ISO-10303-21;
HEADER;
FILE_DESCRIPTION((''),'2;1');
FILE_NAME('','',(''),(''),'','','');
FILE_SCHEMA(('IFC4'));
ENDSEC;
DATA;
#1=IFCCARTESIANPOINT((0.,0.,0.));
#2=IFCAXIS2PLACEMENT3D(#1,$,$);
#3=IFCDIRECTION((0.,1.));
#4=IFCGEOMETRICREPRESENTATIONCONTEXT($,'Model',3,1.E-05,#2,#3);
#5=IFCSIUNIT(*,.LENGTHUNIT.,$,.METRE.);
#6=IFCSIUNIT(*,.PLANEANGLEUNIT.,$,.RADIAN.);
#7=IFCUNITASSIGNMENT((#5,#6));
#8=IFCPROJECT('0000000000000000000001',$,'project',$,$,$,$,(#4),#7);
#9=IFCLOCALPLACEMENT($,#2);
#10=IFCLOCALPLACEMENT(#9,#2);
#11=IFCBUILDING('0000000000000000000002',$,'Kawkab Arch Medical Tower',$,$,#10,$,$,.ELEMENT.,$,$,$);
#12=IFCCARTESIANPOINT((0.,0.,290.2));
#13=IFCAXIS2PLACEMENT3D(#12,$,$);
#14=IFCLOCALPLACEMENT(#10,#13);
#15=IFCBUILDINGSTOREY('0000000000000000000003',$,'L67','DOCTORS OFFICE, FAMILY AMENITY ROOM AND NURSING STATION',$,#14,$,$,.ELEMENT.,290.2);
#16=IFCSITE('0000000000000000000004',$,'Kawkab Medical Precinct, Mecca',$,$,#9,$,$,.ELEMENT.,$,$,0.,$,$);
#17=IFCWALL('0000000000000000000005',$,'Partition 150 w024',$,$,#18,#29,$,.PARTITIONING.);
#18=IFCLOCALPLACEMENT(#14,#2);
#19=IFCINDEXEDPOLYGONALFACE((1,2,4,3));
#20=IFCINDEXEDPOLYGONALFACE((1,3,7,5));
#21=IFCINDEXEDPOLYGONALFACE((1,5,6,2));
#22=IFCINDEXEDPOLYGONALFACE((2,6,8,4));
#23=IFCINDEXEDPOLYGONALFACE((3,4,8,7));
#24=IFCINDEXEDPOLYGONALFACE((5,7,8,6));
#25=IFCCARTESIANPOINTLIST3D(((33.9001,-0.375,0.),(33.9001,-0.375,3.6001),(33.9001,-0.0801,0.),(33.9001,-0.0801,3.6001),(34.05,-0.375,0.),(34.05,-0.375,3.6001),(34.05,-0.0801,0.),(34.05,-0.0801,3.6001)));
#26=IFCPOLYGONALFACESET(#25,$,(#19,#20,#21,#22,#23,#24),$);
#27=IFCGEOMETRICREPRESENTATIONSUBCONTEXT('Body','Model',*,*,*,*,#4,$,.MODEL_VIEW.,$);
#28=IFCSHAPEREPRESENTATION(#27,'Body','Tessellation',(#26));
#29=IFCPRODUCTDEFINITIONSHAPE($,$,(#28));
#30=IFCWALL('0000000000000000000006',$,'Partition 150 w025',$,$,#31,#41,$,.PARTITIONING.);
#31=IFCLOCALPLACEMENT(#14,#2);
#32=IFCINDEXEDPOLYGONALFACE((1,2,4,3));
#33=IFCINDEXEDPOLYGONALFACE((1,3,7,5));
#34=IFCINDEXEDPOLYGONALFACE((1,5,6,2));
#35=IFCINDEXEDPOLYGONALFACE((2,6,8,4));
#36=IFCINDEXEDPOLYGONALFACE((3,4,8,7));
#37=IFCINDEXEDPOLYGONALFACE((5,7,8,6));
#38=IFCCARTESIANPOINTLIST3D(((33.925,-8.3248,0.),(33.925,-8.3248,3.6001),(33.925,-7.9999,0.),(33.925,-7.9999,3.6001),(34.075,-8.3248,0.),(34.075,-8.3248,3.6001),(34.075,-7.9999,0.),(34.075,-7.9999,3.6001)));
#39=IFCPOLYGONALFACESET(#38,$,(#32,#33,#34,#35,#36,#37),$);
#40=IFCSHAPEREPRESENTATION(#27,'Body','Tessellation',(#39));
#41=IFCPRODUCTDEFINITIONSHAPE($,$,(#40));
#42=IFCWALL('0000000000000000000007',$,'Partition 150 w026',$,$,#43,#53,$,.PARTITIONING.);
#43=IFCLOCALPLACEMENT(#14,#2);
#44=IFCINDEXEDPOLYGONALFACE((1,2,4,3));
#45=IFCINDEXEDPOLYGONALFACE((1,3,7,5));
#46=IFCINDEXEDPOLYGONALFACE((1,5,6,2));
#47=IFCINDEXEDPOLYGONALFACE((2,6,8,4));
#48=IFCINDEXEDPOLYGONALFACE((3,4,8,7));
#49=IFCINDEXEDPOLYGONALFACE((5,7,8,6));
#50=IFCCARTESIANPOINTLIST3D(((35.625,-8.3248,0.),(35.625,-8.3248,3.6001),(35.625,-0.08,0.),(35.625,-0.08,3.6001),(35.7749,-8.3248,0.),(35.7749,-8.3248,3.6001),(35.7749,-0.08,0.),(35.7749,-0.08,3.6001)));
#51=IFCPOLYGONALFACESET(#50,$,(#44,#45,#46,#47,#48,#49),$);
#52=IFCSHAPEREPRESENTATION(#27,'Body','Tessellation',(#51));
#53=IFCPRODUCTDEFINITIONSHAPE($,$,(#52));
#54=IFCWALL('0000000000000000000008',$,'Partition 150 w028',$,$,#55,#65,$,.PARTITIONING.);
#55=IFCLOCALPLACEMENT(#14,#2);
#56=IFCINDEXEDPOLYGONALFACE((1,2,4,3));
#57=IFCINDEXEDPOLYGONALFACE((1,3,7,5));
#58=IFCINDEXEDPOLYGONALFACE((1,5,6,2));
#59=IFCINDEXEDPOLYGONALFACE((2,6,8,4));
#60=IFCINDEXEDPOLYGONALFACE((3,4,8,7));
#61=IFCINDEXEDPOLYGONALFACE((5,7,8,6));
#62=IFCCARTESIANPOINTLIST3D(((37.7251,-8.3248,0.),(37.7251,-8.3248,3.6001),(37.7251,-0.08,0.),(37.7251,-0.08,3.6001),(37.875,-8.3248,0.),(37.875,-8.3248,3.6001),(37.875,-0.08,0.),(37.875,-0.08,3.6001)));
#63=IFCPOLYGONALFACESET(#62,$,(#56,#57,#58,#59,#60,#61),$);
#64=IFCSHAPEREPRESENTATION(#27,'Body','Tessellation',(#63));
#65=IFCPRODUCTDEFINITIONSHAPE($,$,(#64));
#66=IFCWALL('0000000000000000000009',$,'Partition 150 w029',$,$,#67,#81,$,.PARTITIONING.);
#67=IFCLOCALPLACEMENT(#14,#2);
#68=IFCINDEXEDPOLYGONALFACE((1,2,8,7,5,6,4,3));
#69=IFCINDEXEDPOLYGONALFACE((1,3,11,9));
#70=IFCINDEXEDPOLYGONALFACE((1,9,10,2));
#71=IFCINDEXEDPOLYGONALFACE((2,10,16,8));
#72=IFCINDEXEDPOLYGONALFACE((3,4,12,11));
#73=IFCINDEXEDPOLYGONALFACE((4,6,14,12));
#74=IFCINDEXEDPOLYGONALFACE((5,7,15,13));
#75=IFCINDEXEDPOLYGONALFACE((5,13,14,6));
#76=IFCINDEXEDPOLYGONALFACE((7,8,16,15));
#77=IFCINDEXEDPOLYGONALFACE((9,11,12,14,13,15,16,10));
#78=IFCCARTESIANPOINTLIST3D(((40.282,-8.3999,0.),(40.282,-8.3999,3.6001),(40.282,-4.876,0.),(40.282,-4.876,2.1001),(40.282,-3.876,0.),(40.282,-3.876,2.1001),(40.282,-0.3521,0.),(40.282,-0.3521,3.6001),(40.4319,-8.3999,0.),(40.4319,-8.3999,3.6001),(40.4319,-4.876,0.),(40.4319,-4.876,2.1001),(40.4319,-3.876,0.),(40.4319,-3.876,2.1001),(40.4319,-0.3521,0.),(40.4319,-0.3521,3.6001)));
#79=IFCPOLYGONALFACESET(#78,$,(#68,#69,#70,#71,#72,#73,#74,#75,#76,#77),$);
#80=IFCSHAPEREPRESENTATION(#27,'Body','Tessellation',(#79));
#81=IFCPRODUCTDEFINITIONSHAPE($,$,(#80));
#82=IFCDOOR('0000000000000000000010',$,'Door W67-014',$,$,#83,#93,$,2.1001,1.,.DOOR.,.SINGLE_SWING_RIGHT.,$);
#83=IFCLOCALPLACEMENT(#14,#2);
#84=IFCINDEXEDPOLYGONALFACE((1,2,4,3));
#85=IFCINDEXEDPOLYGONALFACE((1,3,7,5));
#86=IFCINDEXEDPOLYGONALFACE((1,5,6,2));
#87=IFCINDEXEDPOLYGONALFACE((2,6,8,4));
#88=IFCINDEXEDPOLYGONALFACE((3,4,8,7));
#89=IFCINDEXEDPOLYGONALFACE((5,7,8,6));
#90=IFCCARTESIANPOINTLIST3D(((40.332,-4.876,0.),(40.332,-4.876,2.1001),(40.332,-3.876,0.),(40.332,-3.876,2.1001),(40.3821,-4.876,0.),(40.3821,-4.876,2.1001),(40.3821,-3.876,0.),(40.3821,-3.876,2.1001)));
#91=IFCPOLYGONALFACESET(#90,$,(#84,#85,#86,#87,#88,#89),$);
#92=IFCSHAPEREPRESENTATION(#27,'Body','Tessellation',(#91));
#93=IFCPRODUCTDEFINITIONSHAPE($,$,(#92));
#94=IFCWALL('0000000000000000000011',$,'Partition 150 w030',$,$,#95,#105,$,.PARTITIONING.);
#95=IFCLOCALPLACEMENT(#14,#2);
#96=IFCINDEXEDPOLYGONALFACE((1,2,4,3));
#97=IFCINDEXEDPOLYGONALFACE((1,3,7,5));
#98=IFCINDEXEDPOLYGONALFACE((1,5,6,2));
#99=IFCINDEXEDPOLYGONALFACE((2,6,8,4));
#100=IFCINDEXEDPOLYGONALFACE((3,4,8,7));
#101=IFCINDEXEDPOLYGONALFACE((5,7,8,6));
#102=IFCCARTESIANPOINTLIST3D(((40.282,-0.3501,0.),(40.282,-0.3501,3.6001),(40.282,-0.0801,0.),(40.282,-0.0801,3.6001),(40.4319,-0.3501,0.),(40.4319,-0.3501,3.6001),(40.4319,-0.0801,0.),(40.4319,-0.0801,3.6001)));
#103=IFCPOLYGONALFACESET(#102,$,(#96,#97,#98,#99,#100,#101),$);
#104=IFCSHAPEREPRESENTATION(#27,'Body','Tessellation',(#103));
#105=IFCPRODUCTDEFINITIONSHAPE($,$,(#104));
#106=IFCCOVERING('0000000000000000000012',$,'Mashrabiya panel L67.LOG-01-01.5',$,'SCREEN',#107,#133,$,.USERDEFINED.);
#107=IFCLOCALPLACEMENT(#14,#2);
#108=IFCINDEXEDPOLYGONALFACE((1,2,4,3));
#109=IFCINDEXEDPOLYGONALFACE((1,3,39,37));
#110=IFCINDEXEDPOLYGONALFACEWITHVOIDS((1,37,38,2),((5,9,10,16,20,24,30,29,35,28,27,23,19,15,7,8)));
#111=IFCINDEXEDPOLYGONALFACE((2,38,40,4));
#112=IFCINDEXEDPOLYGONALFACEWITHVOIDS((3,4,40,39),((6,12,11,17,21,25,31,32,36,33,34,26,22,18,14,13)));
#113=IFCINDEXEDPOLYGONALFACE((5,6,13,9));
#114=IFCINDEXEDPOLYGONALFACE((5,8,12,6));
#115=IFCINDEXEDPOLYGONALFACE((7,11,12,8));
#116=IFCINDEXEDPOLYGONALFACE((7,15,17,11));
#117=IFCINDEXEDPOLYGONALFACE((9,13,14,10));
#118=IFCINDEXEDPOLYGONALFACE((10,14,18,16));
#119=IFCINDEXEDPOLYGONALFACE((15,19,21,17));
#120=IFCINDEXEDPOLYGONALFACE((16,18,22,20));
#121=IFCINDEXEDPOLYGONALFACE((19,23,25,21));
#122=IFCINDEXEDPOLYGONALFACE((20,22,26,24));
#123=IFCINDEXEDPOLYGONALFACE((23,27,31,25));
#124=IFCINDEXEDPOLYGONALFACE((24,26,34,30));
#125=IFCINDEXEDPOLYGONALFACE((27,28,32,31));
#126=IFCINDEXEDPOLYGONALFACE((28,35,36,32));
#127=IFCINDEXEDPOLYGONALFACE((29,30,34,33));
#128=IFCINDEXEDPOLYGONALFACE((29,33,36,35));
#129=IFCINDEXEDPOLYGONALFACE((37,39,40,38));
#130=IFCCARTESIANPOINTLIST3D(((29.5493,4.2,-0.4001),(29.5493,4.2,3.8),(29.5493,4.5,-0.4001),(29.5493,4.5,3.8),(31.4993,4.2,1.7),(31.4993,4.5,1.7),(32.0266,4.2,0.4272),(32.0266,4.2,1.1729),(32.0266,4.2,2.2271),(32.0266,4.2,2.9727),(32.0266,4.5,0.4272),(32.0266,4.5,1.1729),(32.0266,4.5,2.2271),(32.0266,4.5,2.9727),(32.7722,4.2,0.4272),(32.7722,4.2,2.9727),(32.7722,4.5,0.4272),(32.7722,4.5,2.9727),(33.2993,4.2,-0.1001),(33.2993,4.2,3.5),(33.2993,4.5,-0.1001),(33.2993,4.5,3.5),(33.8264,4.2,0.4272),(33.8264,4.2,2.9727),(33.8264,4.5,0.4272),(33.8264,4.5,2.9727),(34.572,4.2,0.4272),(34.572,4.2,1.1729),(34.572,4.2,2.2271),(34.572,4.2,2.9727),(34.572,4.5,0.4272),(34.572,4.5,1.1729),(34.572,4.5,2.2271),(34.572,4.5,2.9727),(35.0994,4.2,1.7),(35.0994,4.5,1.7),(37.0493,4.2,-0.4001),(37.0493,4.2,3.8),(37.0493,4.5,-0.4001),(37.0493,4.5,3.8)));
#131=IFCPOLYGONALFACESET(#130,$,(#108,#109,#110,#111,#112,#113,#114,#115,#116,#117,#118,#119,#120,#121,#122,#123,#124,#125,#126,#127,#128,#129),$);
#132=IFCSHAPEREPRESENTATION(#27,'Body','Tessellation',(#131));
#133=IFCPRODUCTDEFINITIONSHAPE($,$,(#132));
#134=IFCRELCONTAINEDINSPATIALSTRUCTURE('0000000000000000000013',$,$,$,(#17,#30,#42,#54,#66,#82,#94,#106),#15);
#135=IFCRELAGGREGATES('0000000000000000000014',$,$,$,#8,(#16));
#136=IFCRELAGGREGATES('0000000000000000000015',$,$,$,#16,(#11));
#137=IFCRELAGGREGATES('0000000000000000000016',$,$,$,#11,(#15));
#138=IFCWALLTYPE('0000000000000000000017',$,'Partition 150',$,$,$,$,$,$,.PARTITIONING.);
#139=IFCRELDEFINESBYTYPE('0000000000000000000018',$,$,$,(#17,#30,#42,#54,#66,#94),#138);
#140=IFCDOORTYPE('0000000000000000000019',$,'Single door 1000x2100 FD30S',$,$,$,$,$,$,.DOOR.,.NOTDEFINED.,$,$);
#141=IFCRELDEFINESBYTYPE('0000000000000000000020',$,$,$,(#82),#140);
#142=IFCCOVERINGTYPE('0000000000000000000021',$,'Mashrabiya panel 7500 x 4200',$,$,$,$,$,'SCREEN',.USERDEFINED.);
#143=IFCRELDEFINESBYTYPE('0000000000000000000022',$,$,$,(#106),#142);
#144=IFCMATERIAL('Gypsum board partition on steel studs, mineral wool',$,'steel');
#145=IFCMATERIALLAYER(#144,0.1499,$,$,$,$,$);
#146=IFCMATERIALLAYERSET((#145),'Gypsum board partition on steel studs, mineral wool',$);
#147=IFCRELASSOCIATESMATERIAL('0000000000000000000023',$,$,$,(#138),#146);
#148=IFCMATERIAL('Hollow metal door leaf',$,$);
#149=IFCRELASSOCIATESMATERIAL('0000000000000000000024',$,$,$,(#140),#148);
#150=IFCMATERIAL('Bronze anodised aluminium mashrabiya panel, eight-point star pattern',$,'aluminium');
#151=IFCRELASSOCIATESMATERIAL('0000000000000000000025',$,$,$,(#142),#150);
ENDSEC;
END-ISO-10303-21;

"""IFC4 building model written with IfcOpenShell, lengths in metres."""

from ifc_helpers import new_model, si_unit, direction, frame, frame_2d, origin, place, context, subcontext, project, spatial, polyline, rectangle, outline, extrude, material, layer, layer_set, material_profile, profile_set, type_object, element, fill, save


model = new_model("IFC4")

# Units and contexts
model_context = context("Model", 3, precision=1e-05, world=origin(), true_north=direction((0.0, 1.0)))
body_context = subcontext(model_context, "Body", "Model", "MODEL_VIEW")
ifc_project = project(units=[si_unit("LENGTHUNIT", "METRE"), si_unit("PLANEANGLEUNIT", "RADIAN")], contexts=[model_context])

# Site, building, storey
site_placement = place(None, origin())
site = spatial("IfcSite", under=ifc_project, at=site_placement, Name="Kawkab Medical Precinct, Mecca", CompositionType="ELEMENT", RefElevation=0.0)
building_placement = place(site_placement, origin())
building = spatial("IfcBuilding", under=site, at=building_placement, Name="Kawkab Arch Medical Tower", CompositionType="ELEMENT")
storey_placement = place(building_placement, frame((0.0, 0.0, 290.2)))
storey = spatial("IfcBuildingStorey", under=building, at=storey_placement, Name="L67", Description="DOCTORS OFFICE, FAMILY AMENITY ROOM AND NURSING STATION", CompositionType="ELEMENT", Elevation=290.2)

# Walls
ifc_material_1 = material(Name="Gypsum board partition on steel studs, mineral wool", Category="steel")
ifc_layer_1 = layer(ifc_material_1, 0.1499)
ifc_layer_set_1 = layer_set([ifc_layer_1], Name="Gypsum board partition on steel studs, mineral wool")
wall_type_1 = type_object("IfcWallType", Name="Partition 150", PredefinedType="PARTITIONING", material=ifc_layer_set_1)
wall_1_placement = place(storey_placement, frame((33.9751, -0.375, 0.0), z_axis=(0.0, 0.0, 1.0), x_axis=(0.0, 1.0, 0.0)))
element("IfcWall", 1, at=wall_1_placement, inside=storey, type_object=wall_type_1, Name="Partition 150 w024", PredefinedType="PARTITIONING", context=body_context, shape_type="SweptSolid", body=[
    extrude(rectangle(XDim=0.2949, YDim=0.1499, at=frame_2d((0.1475, 0.0))), origin(), (0.0, 0.0, 1.0), 3.6001),
])
wall_2_placement = place(storey_placement, frame((34.0, -8.325, 0.0), z_axis=(0.0, 0.0, 1.0), x_axis=(0.0, 1.0, 0.0)))
element("IfcWall", 2, at=wall_2_placement, inside=storey, type_object=wall_type_1, Name="Partition 150 w025", PredefinedType="PARTITIONING", context=body_context, shape_type="SweptSolid", body=[
    extrude(rectangle(XDim=0.325, YDim=0.1499, at=frame_2d((0.1626, 0.0))), origin(), (0.0, 0.0, 1.0), 3.6001),
])
for number, where, z_axis, x_axis, name in (
    (3, (35.7, -8.325, 0.0), (0.0, 0.0, 1.0), (0.0, 1.0, 0.0), "Partition 150 w026"),
    (4, (37.8, -8.325, 0.0), (0.0, 0.0, 1.0), (0.0, 1.0, 0.0), "Partition 150 w028"),
):
    element("IfcWall", number, at=place(storey_placement, frame(where, z_axis=z_axis, x_axis=x_axis)), inside=storey, type_object=wall_type_1, Name=name, PredefinedType="PARTITIONING", context=body_context, shape_type="SweptSolid", body=[
        extrude(rectangle(XDim=8.2449, YDim=0.1499, at=frame_2d((4.1226, 0.0))), origin(), (0.0, 0.0, 1.0), 3.6001),
    ])

# Wall, opening, door
wall_3_placement = place(storey_placement, frame((40.3569, -8.3999, 0.0), z_axis=(0.0, 0.0, 1.0), x_axis=(0.0, 1.0, 0.0)))
wall_3 = element("IfcWall", 5, at=wall_3_placement, inside=storey, type_object=wall_type_1, Name="Partition 150 w029", PredefinedType="PARTITIONING", context=body_context, shape_type="SweptSolid", body=[
    extrude(rectangle(XDim=8.0479, YDim=0.1499, at=frame_2d((4.0239, 0.0))), origin(), (0.0, 0.0, 1.0), 3.6001),
])
opening_1_placement = place(wall_3_placement, frame((3.5239, 0.0, 0.0)))
opening_1 = element("IfcOpeningElement", 6, at=opening_1_placement, cuts=wall_3, PredefinedType="OPENING", context=body_context, shape_type="SweptSolid", body=[
    extrude(rectangle(XDim=1.0, YDim=2.1001, at=frame_2d((0.5, 1.05))), frame((0.0, 0.085, 0.0), z_axis=(0.0, -1.0, 0.0), x_axis=(1.0, 0.0, 0.0)), (0.0, 0.0, 1.0), 0.1699),
])
ifc_material_2 = material(Name="Hollow metal door leaf")
door_type_1 = type_object("IfcDoorType", Name="Single door 1000x2100 FD30S", OperationType="NOTDEFINED", PredefinedType="DOOR", material=ifc_material_2)
door_1_placement = place(opening_1_placement, origin())
door_1 = element("IfcDoor", 7, at=door_1_placement, inside=storey, type_object=door_type_1, Name="Door W67-014", OperationType="SINGLE_SWING_RIGHT", OverallHeight=2.1001, OverallWidth=1.0, PredefinedType="DOOR", context=body_context, shape_type="SweptSolid", body=[
    extrude(rectangle(XDim=1.0, YDim=2.1001, at=frame_2d((0.5, 1.05))), frame((0.0, 0.0249, 0.0), z_axis=(0.0, -1.0, 0.0), x_axis=(1.0, 0.0, 0.0)), (0.0, 0.0, 1.0), 0.05),
])
fill(opening_1, door_1)

# Wall
wall_4_placement = place(storey_placement, frame((40.3569, -0.3501, 0.0), z_axis=(0.0, 0.0, 1.0), x_axis=(0.0, 1.0, 0.0)))
element("IfcWall", 8, at=wall_4_placement, inside=storey, type_object=wall_type_1, Name="Partition 150 w030", PredefinedType="PARTITIONING", context=body_context, shape_type="SweptSolid", body=[
    extrude(rectangle(XDim=0.27, YDim=0.1499, at=frame_2d((0.135, 0.0))), origin(), (0.0, 0.0, 1.0), 3.6001),
])

# Covering
ifc_material_3 = material(Name="Bronze anodised aluminium mashrabiya panel, eight-point star pattern", Category="aluminium")
ifc_material_profile_1 = material_profile(ifc_material_3, outline(polyline([(-3.75, -2.1001), (3.75, -2.1001), (3.75, 2.1001), (-3.75, 2.1001), (-3.75, -2.1001)]), holes=[polyline([(1.8, 0.0), (1.2727, 0.5271), (1.2727, 1.2727), (0.5271, 1.2727), (0.0, 1.8), (-0.5271, 1.2727), (-1.2727, 1.2727), (-1.2727, 0.5271), (-1.8, 0.0), (-1.2727, -0.5271), (-1.2727, -1.2727), (-0.5271, -1.2727), (0.0, -1.8), (0.5271, -1.2727), (1.2727, -1.2727), (1.2727, -0.5271), (1.8, 0.0)])]), Name="Mashrabiya panel 7500x4200")
ifc_profile_set_1 = profile_set([ifc_material_profile_1], Name="Bronze anodised aluminium mashrabiya panel, eight-point star pattern")
covering_type = type_object("IfcCoveringType", Name="Mashrabiya panel 7500 x 4200", ElementType="SCREEN", PredefinedType="USERDEFINED", material=ifc_profile_set_1)
covering_placement = place(storey_placement, frame((33.2993, 4.2, 1.7), z_axis=(0.0, 1.0, 0.0), x_axis=(-1.0, 0.0, 0.0)))
element("IfcCovering", 9, at=covering_placement, inside=storey, type_object=covering_type, Name="Mashrabiya panel L67.LOG-01-01.5", ObjectType="SCREEN", PredefinedType="USERDEFINED", context=body_context, shape_type="SweptSolid", body=[
    extrude(outline(polyline([(-3.75, -2.1001), (3.75, -2.1001), (3.75, 2.1001), (-3.75, 2.1001), (-3.75, -2.1001)]), holes=[polyline([(1.8, 0.0), (1.2727, 0.5271), (1.2727, 1.2727), (0.5271, 1.2727), (0.0, 1.8), (-0.5271, 1.2727), (-1.2727, 1.2727), (-1.2727, 0.5271), (-1.8, 0.0), (-1.2727, -0.5271), (-1.2727, -1.2727), (-0.5271, -1.2727), (0.0, -1.8), (0.5271, -1.2727), (1.2727, -1.2727), (1.2727, -0.5271), (1.8, 0.0)])]), origin(), (0.0, 0.0, 1.0), 0.3),
])

save(model, "model.ifc")
